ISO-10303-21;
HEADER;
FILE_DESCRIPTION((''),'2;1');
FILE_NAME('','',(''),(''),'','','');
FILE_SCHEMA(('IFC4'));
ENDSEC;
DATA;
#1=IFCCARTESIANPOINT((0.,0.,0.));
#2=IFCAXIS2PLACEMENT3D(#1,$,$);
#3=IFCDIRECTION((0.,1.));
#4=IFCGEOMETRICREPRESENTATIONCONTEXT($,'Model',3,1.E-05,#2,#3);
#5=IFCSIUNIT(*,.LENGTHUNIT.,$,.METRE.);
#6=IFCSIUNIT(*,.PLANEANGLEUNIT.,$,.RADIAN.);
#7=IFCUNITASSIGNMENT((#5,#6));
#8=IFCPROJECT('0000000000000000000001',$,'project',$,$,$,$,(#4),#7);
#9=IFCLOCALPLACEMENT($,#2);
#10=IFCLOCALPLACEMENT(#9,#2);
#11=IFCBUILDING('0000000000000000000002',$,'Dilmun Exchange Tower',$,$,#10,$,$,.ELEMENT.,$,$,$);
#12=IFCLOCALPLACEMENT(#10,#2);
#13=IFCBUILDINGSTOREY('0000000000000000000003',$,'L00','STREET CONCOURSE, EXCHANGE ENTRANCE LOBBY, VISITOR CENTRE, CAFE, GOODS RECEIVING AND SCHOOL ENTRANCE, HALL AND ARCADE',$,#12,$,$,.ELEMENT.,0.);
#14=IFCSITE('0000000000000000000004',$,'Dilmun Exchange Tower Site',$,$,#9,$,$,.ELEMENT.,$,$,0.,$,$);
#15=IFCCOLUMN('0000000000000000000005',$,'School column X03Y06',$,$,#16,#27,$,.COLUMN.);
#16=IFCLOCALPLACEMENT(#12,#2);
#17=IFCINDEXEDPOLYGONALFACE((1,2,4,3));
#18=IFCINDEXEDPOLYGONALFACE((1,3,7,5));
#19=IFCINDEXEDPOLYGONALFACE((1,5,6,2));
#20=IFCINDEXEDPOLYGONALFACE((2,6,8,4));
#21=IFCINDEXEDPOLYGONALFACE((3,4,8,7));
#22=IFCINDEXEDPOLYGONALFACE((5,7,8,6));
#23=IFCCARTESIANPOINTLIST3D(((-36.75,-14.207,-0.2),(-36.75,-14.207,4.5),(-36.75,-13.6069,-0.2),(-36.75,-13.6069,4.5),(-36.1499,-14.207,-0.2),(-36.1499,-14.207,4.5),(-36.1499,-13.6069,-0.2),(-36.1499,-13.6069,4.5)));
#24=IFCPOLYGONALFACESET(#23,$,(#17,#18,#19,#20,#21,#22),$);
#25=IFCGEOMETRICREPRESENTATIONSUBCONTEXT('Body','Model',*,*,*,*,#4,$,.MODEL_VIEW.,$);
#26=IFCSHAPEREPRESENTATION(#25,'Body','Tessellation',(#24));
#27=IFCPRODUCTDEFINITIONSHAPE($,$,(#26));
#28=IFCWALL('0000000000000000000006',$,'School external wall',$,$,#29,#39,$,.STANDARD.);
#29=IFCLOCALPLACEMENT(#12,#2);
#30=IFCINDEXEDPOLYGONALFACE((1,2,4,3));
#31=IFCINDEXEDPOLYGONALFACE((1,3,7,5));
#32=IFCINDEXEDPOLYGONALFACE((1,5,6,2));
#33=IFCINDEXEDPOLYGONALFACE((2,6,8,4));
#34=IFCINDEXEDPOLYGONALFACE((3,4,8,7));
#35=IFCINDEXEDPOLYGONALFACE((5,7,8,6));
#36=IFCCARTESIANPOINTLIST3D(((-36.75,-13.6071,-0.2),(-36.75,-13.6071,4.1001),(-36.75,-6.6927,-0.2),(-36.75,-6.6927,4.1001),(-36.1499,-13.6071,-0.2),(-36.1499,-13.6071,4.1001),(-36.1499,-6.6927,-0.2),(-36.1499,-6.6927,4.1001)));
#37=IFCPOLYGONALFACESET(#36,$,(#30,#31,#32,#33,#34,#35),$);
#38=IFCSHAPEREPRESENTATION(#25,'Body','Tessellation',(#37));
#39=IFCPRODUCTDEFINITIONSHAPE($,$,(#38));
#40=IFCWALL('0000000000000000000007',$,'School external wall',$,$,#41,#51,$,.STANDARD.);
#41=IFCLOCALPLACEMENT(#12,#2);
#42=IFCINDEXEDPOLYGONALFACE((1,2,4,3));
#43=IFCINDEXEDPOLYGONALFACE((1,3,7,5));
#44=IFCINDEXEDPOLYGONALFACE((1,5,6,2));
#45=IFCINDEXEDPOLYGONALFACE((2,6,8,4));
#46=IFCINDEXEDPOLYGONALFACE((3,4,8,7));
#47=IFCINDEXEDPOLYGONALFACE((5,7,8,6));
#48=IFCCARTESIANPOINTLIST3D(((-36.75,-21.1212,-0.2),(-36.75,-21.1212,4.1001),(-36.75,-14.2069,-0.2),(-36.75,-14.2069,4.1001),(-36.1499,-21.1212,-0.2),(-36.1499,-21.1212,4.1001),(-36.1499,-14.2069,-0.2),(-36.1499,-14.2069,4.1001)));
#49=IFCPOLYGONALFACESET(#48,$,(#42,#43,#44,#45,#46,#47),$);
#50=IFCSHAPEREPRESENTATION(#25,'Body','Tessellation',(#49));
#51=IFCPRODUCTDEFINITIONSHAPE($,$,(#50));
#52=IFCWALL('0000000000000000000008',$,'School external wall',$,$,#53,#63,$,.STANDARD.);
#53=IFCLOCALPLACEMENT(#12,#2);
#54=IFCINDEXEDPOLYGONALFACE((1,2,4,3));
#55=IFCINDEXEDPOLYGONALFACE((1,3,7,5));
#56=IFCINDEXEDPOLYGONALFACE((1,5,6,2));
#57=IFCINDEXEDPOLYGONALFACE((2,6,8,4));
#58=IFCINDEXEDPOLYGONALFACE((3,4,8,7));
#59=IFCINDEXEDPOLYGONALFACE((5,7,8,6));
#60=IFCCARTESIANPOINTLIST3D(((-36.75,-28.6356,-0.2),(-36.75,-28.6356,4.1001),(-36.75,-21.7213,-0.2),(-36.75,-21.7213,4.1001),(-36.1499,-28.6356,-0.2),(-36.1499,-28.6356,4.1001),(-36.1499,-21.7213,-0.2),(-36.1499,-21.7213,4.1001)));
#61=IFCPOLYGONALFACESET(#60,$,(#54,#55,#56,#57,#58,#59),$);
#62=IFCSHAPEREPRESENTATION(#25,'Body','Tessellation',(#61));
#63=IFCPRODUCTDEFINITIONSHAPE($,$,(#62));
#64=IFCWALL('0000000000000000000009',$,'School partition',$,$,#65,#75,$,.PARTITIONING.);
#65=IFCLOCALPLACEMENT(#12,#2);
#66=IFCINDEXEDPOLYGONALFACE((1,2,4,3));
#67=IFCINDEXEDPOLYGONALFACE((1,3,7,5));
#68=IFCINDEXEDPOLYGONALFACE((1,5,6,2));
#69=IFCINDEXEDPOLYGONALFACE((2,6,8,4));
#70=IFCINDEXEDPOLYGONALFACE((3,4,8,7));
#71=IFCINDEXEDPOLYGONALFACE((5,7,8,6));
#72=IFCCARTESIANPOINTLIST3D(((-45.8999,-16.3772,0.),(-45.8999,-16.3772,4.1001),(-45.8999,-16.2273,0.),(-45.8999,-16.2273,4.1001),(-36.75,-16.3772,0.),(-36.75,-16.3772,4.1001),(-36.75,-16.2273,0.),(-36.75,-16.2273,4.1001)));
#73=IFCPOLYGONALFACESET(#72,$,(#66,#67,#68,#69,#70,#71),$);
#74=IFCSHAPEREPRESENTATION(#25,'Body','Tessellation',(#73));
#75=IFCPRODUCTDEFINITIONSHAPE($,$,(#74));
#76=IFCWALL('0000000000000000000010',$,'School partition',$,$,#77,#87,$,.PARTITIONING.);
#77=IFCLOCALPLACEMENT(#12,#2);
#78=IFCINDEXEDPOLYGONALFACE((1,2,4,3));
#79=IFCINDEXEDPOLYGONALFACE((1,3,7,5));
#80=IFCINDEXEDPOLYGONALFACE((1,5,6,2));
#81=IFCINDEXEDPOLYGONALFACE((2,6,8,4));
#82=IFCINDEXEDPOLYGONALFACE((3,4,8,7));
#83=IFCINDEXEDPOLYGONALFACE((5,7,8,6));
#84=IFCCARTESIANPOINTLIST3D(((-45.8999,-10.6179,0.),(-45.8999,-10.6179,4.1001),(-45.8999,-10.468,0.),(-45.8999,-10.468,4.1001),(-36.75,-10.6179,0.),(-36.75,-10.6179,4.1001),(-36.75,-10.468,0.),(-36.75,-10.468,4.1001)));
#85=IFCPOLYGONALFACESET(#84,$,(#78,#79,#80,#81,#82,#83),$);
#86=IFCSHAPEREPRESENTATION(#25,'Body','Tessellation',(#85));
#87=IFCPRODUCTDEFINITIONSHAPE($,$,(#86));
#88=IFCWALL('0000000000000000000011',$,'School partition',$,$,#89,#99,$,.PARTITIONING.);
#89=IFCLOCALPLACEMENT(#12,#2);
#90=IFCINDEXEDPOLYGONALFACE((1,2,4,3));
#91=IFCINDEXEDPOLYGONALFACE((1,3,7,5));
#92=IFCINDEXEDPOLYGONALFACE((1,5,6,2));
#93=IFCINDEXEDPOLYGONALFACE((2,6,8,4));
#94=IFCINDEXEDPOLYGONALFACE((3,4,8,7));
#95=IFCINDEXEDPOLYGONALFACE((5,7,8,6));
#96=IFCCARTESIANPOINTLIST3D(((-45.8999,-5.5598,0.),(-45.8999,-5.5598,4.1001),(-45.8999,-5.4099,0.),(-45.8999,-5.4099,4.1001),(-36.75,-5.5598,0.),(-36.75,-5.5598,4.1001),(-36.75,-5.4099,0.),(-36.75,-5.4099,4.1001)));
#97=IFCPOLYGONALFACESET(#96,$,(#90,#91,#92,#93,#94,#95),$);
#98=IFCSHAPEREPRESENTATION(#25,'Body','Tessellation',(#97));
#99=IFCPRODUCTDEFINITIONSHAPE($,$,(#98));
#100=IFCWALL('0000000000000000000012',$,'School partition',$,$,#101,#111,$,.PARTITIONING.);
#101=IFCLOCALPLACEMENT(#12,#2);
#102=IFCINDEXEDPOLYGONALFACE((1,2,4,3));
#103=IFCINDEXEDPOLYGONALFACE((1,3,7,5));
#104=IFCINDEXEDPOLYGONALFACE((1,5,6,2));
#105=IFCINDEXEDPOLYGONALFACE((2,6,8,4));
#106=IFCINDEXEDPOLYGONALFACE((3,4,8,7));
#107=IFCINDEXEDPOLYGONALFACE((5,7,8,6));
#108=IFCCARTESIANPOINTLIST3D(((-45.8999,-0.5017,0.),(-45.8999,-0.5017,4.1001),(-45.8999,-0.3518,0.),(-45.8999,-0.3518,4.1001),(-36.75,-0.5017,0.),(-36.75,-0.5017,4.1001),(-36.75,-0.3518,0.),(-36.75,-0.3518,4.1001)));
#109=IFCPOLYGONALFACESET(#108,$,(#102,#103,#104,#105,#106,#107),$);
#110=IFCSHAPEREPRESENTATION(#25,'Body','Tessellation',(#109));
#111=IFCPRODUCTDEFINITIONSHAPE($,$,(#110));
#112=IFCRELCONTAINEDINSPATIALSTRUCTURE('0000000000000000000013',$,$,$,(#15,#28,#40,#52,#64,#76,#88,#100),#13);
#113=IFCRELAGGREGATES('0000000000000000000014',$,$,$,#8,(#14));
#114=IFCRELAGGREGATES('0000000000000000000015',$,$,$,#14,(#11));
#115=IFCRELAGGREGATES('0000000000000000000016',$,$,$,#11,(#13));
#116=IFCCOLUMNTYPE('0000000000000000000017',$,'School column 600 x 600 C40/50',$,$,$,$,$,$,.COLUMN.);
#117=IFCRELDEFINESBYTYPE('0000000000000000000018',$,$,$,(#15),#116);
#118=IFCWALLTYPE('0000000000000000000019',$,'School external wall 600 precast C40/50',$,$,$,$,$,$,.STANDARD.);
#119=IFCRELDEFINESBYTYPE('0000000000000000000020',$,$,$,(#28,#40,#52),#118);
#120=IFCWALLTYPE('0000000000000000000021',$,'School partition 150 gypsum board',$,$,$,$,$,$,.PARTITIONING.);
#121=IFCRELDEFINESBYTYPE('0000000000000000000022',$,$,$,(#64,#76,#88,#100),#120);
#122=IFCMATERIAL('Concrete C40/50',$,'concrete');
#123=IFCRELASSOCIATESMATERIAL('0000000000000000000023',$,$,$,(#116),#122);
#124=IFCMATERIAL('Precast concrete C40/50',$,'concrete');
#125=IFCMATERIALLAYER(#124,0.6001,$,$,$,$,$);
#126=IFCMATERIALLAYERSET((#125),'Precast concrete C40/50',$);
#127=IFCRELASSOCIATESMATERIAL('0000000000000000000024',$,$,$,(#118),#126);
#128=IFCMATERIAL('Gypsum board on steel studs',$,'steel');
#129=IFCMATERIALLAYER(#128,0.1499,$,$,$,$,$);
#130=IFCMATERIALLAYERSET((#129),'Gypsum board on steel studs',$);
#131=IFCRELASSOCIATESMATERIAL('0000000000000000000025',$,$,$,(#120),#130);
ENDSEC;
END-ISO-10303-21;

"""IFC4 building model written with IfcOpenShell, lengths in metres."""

from ifc_helpers import new_model, si_unit, direction, frame, frame_2d, origin, origin_2d, place, context, subcontext, project, spatial, rectangle, extrude, material, layer, layer_set, material_profile, profile_set, type_object, element, save


model = new_model("IFC4")

# Units and contexts
model_context = context("Model", 3, precision=1e-05, world=origin(), true_north=direction((0.0, 1.0)))
body_context = subcontext(model_context, "Body", "Model", "MODEL_VIEW")
ifc_project = project(units=[si_unit("LENGTHUNIT", "METRE"), si_unit("PLANEANGLEUNIT", "RADIAN")], contexts=[model_context])

# Site, building, storey
site_placement = place(None, origin())
site = spatial("IfcSite", under=ifc_project, at=site_placement, Name="Dilmun Exchange Tower Site", CompositionType="ELEMENT", RefElevation=0.0)
building_placement = place(site_placement, origin())
building = spatial("IfcBuilding", under=site, at=building_placement, Name="Dilmun Exchange Tower", CompositionType="ELEMENT")
storey_placement = place(building_placement, origin())
storey = spatial("IfcBuildingStorey", under=building, at=storey_placement, Name="L00", Description="STREET CONCOURSE, EXCHANGE ENTRANCE LOBBY, VISITOR CENTRE, CAFE, GOODS RECEIVING AND SCHOOL ENTRANCE, HALL AND ARCADE", CompositionType="ELEMENT", Elevation=0.0)

# Column
ifc_material_1 = material(Name="Concrete C40/50", Category="concrete")
ifc_material_profile_1 = material_profile(ifc_material_1, rectangle(XDim=0.6001, YDim=0.6001, at=origin_2d()), Name="600 x 600")
ifc_profile_set_1 = profile_set([ifc_material_profile_1], Name="Concrete C40/50")
column_type = type_object("IfcColumnType", Name="School column 600 x 600 C40/50", PredefinedType="COLUMN", material=ifc_profile_set_1)
for number, where, z_axis, x_axis, name in (
    (1, (-36.45, -13.907, -0.2), (0.0, 0.0, 1.0), (1.0, 0.0, 0.0), "School column X03Y06"),
):
    element("IfcColumn", number, at=place(storey_placement, frame(where, z_axis=z_axis, x_axis=x_axis)), inside=storey, type_object=column_type, Name=name, PredefinedType="COLUMN", context=body_context, shape_type="SweptSolid", body=[
        extrude(rectangle(XDim=0.6001, YDim=0.6001, at=origin_2d()), origin(), (0.0, 0.0, 1.0), 4.7),
    ])

# Walls
ifc_material_2 = material(Name="Precast concrete C40/50", Category="concrete")
ifc_layer_1 = layer(ifc_material_2, 0.6001)
ifc_layer_set_1 = layer_set([ifc_layer_1], Name="Precast concrete C40/50")
wall_type_1 = type_object("IfcWallType", Name="School external wall 600 precast C40/50", PredefinedType="STANDARD", material=ifc_layer_set_1)
for number, where, z_axis, x_axis, name in (
    (2, (-36.45, -6.6929, -0.2), (0.0, 0.0, 1.0), (0.0, -1.0, 0.0), "School external wall"),
    (3, (-36.45, -14.207, -0.2), (0.0, 0.0, 1.0), (0.0, -1.0, 0.0), "School external wall"),
    (4, (-36.45, -21.7214, -0.2), (0.0, 0.0, 1.0), (0.0, -1.0, 0.0), "School external wall"),
):
    element("IfcWall", number, at=place(storey_placement, frame(where, z_axis=z_axis, x_axis=x_axis)), inside=storey, type_object=wall_type_1, Name=name, PredefinedType="STANDARD", context=body_context, shape_type="SweptSolid", body=[
        extrude(rectangle(XDim=6.9143, YDim=0.6001, at=frame_2d((3.457, 0.0))), origin(), (0.0, 0.0, 1.0), 4.3),
    ])
ifc_material_3 = material(Name="Gypsum board on steel studs", Category="steel")
ifc_layer_2 = layer(ifc_material_3, 0.1499)
ifc_layer_set_2 = layer_set([ifc_layer_2], Name="Gypsum board on steel studs")
wall_type_2 = type_object("IfcWallType", Name="School partition 150 gypsum board", PredefinedType="PARTITIONING", material=ifc_layer_set_2)
for number, where, z_axis, x_axis, name in (
    (5, (-45.8999, -16.3022, 0.0), (0.0, 0.0, 1.0), (1.0, 0.0, 0.0), "School partition"),
    (6, (-45.8999, -10.543, 0.0), (0.0, 0.0, 1.0), (1.0, 0.0, 0.0), "School partition"),
    (7, (-45.8999, -5.4849, 0.0), (0.0, 0.0, 1.0), (1.0, 0.0, 0.0), "School partition"),
    (8, (-45.8999, -0.4268, 0.0), (0.0, 0.0, 1.0), (1.0, 0.0, 0.0), "School partition"),
):
    element("IfcWall", number, at=place(storey_placement, frame(where, z_axis=z_axis, x_axis=x_axis)), inside=storey, type_object=wall_type_2, Name=name, PredefinedType="PARTITIONING", context=body_context, shape_type="SweptSolid", body=[
        extrude(rectangle(XDim=9.1499, YDim=0.1499, at=frame_2d((4.575, 0.0))), origin(), (0.0, 0.0, 1.0), 4.1001),
    ])

save(model, "model.ifc")
